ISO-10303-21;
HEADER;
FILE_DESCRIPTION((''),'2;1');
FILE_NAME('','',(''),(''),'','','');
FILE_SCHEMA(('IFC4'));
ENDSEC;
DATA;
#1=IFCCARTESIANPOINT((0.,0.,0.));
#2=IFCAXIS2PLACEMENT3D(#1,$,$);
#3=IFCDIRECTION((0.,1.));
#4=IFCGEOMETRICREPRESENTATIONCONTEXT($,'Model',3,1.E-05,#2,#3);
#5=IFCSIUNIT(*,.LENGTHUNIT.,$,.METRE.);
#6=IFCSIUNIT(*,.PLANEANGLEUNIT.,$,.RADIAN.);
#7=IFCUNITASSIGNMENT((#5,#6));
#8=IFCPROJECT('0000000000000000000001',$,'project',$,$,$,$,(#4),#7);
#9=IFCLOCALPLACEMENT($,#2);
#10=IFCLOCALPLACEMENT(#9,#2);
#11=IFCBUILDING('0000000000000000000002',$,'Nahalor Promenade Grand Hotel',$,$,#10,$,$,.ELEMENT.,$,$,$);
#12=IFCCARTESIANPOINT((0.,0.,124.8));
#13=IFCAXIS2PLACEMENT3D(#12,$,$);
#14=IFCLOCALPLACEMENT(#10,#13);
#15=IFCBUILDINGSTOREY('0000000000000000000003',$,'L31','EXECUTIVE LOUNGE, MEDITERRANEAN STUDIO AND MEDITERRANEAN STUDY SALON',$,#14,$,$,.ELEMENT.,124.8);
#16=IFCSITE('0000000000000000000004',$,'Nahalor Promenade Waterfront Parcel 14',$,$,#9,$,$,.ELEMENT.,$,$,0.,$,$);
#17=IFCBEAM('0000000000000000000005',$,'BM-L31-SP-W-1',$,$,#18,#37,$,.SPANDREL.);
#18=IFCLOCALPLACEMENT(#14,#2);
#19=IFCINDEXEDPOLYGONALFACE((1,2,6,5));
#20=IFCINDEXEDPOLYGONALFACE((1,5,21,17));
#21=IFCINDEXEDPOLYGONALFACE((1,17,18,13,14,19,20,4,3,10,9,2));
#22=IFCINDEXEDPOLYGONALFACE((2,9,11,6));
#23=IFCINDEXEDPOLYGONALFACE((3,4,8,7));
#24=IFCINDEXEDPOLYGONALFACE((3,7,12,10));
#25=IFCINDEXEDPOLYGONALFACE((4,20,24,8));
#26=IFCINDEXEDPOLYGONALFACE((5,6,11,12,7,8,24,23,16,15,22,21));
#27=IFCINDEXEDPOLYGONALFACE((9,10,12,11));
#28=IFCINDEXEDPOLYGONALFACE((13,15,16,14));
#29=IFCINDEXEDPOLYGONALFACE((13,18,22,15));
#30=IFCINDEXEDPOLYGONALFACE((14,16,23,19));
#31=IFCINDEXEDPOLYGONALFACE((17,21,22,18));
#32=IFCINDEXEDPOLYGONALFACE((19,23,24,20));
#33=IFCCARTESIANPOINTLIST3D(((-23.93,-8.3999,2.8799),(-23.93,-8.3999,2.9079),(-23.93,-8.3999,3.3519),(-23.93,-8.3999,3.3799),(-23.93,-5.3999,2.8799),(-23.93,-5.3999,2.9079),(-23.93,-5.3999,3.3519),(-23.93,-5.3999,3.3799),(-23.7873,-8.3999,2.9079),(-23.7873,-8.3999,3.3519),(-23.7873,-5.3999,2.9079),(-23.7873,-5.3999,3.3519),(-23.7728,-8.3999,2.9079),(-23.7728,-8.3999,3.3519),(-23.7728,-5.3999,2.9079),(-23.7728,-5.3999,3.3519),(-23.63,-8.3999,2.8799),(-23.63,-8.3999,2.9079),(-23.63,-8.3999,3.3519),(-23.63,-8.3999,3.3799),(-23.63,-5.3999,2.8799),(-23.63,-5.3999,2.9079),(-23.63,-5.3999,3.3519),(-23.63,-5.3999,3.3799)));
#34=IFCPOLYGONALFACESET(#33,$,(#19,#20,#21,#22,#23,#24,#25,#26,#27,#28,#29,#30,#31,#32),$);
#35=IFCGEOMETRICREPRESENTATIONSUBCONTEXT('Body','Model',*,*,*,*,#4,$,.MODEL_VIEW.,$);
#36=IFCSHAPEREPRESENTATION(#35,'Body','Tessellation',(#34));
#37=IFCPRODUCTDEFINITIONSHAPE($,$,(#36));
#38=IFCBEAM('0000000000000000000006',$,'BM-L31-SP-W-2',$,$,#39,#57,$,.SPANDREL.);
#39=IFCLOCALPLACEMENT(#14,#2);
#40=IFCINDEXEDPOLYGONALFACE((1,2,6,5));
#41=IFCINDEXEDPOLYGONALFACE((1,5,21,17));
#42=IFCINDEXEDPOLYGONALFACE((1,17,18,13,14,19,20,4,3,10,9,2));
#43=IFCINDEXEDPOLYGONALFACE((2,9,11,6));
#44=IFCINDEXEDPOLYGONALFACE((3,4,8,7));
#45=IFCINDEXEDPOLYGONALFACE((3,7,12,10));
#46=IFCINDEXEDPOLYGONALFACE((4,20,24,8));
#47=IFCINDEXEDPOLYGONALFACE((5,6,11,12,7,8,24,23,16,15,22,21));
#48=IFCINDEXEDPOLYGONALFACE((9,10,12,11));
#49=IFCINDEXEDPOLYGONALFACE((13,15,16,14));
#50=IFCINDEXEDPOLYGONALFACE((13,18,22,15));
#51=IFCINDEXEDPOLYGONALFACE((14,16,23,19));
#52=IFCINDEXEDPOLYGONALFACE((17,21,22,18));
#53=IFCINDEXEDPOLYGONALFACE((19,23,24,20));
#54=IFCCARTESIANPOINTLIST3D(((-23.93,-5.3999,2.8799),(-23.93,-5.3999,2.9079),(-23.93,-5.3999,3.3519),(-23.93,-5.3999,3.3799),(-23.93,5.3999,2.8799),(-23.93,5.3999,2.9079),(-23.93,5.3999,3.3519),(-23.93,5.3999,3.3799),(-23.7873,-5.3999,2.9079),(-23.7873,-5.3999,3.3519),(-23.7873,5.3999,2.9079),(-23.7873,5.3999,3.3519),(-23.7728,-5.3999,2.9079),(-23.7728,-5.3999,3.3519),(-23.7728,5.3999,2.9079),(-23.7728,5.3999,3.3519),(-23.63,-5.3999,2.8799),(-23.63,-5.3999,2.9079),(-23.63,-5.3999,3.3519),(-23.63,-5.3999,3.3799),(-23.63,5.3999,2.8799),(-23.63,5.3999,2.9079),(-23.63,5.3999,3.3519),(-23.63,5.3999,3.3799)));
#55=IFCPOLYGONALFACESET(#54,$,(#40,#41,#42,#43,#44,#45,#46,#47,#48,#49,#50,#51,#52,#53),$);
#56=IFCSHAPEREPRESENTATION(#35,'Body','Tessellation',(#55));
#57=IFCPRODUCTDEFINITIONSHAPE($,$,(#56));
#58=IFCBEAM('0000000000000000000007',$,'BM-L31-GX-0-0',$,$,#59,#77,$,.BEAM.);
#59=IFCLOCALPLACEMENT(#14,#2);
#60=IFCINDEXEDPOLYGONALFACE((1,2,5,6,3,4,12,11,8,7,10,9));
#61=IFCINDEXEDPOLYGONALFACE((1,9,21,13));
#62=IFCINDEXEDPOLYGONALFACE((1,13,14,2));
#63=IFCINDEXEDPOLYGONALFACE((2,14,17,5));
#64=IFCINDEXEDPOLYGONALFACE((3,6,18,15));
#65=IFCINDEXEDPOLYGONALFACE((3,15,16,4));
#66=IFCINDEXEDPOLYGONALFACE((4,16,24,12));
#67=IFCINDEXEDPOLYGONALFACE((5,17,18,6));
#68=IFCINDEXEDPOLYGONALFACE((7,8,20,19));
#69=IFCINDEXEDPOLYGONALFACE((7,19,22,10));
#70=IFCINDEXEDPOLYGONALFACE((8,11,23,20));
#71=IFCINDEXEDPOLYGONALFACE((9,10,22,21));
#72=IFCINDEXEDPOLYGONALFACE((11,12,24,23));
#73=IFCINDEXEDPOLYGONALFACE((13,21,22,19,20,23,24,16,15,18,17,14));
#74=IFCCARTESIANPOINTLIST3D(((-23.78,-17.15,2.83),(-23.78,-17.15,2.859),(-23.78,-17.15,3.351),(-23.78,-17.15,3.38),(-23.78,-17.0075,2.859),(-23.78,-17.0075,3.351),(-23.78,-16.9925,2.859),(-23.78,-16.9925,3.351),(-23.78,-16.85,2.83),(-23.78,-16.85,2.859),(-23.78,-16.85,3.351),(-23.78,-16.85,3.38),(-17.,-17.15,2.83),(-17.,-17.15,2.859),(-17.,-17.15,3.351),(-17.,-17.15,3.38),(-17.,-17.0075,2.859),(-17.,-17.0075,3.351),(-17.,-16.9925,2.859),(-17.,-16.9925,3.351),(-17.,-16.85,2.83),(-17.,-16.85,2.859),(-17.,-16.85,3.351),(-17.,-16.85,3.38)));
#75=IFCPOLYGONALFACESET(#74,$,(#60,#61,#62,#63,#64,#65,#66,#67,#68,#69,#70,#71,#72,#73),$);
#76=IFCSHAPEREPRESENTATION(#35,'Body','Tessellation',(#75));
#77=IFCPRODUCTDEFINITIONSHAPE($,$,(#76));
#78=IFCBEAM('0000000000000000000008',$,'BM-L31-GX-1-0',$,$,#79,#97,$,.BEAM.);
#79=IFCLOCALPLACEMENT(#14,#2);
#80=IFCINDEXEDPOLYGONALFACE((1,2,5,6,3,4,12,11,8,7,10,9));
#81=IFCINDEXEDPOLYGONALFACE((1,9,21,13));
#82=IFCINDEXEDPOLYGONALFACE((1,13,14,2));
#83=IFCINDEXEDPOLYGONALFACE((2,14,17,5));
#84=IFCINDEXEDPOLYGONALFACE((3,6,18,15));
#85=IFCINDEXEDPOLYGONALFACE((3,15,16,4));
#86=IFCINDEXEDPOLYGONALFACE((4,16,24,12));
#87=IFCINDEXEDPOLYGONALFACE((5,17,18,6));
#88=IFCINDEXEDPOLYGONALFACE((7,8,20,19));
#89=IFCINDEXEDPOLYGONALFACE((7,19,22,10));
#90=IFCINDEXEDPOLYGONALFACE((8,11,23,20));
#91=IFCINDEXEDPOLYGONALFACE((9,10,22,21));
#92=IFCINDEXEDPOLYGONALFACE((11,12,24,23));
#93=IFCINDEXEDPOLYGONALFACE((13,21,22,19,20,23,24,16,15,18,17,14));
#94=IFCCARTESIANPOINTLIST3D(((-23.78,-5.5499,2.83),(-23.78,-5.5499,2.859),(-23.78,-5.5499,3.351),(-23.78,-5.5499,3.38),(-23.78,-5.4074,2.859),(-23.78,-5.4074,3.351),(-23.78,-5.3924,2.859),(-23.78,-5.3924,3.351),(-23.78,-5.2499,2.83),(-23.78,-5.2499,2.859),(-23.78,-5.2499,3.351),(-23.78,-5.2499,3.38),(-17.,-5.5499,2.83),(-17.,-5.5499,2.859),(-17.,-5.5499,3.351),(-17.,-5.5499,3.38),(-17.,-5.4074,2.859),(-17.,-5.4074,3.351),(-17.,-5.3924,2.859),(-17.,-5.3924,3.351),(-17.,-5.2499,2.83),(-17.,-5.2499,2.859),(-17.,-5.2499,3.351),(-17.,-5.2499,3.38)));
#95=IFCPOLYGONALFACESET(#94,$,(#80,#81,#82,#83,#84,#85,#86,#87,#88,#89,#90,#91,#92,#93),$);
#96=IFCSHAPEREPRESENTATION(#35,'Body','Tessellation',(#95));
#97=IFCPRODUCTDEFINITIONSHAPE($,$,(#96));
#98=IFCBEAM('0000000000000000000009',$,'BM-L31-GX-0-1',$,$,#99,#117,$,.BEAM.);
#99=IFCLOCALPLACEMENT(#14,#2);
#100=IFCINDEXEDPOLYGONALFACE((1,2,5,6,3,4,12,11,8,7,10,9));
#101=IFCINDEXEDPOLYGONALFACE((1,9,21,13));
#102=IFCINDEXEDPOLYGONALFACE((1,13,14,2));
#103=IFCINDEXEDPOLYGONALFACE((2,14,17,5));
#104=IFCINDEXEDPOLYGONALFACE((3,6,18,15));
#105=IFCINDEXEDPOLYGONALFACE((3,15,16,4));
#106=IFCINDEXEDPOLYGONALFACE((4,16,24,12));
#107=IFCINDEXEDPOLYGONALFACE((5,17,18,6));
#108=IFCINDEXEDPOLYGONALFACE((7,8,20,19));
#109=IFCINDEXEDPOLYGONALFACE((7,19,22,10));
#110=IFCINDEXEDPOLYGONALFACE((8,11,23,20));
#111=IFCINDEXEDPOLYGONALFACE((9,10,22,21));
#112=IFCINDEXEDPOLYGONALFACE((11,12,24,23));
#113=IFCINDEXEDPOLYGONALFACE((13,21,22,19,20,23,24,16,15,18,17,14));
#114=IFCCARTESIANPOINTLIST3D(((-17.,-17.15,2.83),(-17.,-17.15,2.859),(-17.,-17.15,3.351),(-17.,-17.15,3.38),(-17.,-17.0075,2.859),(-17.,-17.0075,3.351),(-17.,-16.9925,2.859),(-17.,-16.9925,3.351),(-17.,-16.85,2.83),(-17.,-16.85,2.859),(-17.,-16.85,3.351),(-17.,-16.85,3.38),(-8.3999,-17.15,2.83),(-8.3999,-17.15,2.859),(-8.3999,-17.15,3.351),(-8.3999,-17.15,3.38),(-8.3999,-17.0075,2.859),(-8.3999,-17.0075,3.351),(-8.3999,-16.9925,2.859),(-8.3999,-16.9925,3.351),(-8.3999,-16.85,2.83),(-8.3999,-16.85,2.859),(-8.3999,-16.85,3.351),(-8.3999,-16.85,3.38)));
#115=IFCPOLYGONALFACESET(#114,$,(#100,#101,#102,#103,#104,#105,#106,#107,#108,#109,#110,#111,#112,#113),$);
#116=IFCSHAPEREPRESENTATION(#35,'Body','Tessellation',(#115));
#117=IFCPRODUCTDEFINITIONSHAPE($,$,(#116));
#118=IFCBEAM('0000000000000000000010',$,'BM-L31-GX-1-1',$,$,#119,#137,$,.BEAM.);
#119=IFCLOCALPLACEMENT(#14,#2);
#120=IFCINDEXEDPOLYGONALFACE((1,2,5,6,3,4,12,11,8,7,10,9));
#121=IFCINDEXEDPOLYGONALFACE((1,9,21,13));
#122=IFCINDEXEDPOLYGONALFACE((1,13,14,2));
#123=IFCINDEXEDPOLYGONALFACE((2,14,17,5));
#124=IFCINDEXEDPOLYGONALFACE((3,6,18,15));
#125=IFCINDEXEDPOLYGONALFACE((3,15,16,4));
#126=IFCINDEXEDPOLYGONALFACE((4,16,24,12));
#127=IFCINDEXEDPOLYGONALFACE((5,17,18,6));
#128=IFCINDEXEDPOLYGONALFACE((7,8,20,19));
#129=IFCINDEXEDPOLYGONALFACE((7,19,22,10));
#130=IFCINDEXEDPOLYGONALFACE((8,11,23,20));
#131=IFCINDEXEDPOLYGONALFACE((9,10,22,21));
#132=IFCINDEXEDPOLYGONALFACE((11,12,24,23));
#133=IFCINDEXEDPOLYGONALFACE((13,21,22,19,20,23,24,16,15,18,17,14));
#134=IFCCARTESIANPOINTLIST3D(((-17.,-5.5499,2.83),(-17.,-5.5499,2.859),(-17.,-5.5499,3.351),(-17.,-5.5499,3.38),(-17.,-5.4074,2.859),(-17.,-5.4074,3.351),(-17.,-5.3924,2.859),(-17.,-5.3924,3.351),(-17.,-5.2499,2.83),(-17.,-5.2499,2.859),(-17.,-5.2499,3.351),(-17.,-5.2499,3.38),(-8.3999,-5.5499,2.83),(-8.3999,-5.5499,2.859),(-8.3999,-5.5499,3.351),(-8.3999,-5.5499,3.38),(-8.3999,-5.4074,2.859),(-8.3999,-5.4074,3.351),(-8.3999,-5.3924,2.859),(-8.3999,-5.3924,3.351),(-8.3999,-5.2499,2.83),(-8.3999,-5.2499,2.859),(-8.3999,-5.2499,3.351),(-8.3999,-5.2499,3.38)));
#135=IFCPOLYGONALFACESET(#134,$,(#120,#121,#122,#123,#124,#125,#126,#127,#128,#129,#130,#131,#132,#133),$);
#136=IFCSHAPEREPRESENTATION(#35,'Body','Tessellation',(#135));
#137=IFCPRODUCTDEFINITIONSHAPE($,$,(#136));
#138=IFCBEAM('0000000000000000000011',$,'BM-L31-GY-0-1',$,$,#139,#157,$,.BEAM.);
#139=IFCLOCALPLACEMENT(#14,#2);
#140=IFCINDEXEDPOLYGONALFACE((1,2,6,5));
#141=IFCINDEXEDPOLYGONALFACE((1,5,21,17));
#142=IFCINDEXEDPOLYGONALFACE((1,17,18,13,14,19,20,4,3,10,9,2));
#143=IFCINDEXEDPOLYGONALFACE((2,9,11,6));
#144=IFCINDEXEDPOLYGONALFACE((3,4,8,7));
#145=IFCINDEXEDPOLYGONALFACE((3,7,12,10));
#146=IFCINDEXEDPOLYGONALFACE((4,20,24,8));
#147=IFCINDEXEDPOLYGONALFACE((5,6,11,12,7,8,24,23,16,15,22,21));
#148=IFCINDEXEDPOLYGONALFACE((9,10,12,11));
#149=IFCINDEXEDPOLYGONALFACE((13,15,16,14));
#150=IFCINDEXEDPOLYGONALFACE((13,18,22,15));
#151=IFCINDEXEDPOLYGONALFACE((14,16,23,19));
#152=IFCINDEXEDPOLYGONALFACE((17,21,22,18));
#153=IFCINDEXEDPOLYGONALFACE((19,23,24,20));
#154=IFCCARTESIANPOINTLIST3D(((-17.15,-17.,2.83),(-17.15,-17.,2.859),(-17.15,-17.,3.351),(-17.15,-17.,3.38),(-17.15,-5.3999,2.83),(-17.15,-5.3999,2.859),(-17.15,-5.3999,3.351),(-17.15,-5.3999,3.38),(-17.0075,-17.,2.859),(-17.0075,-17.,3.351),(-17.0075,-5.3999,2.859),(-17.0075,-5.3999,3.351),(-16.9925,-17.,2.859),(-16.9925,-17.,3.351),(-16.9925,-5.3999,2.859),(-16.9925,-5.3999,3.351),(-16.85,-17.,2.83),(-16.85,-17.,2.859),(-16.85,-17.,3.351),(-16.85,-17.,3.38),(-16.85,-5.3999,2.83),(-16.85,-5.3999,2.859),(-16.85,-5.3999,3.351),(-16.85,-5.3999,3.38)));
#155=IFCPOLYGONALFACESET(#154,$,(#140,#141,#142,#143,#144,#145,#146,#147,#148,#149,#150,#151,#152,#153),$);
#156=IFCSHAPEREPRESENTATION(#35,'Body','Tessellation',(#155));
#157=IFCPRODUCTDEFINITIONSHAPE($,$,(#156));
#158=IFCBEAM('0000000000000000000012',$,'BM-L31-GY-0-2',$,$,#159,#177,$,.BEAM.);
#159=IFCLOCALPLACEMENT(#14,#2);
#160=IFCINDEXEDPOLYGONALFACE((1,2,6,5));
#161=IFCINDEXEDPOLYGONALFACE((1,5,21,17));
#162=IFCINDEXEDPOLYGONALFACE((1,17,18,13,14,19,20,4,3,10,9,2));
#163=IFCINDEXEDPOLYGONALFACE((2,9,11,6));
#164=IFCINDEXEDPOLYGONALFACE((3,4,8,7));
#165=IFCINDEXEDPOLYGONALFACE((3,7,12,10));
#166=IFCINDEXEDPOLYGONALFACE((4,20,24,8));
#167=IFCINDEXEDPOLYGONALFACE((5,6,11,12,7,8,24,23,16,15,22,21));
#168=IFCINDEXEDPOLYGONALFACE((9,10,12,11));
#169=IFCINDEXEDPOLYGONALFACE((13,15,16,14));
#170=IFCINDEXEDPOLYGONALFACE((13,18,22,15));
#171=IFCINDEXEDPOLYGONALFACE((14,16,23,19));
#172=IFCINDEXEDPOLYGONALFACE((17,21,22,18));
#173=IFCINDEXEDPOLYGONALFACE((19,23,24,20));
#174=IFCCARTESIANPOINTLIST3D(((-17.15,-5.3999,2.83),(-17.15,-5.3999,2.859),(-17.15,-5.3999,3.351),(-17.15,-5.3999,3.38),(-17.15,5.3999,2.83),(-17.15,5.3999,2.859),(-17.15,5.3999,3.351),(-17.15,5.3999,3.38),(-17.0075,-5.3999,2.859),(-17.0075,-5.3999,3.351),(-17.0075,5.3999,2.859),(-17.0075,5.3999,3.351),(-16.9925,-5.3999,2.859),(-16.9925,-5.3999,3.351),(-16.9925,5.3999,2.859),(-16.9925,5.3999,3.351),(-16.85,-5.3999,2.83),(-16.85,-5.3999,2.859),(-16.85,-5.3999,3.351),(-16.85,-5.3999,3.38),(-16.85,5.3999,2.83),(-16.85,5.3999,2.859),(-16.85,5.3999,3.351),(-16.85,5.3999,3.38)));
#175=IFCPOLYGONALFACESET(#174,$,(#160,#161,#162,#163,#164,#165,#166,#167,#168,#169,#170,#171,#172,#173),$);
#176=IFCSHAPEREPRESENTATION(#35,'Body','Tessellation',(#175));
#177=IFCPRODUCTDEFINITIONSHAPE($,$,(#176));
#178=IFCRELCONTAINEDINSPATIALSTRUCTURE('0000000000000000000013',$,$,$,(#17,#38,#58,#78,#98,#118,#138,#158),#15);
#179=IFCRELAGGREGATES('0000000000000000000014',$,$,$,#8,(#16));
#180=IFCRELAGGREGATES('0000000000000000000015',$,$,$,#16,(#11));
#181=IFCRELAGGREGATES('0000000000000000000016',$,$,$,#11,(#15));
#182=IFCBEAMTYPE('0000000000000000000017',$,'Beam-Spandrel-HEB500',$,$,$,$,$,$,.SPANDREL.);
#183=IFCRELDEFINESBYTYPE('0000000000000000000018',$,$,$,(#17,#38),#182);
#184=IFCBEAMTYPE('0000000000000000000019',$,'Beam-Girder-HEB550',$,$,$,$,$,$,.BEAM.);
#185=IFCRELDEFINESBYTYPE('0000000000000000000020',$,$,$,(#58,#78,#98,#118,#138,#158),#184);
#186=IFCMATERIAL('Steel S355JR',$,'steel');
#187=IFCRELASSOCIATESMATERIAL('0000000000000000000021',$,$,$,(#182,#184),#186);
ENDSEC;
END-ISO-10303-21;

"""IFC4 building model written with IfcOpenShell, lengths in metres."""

from ifc_helpers import new_model, si_unit, direction, frame, origin, origin_2d, place, context, subcontext, project, spatial, i_section, extrude, source, transform, mapped, material, material_profile, profile_set, type_object, element, save


model = new_model("IFC4")

# Units and contexts
model_context = context("Model", 3, precision=1e-05, world=origin(), true_north=direction((0.0, 1.0)))
body_context = subcontext(model_context, "Body", "Model", "MODEL_VIEW")
ifc_project = project(units=[si_unit("LENGTHUNIT", "METRE"), si_unit("PLANEANGLEUNIT", "RADIAN")], contexts=[model_context])

# Site, building, storey
site_placement = place(None, origin())
site = spatial("IfcSite", under=ifc_project, at=site_placement, Name="Nahalor Promenade Waterfront Parcel 14", CompositionType="ELEMENT", RefElevation=0.0)
building_placement = place(site_placement, origin())
building = spatial("IfcBuilding", under=site, at=building_placement, Name="Nahalor Promenade Grand Hotel", CompositionType="ELEMENT")
storey_placement = place(building_placement, frame((0.0, 0.0, 124.8)))
storey = spatial("IfcBuildingStorey", under=building, at=storey_placement, Name="L31", Description="EXECUTIVE LOUNGE, MEDITERRANEAN STUDIO AND MEDITERRANEAN STUDY SALON", CompositionType="ELEMENT", Elevation=124.8)

# Beams
ifc_material_1 = material(Name="Steel S355JR", Category="steel")
ifc_material_profile_1 = material_profile(ifc_material_1, i_section(OverallWidth=0.3, OverallDepth=0.5, WebThickness=0.0145, FlangeThickness=0.028, at=origin_2d()), Name="HEB 500")
ifc_profile_set_1 = profile_set([ifc_material_profile_1], Name="Steel S355JR")
beam_type_1 = type_object("IfcBeamType", Name="Beam-Spandrel-HEB500", PredefinedType="SPANDREL", material=ifc_profile_set_1)
shared_shape_1 = source(origin(), body_context, "Body", "SweptSolid", [
    extrude(i_section(OverallWidth=0.3, OverallDepth=0.5, WebThickness=0.0145, FlangeThickness=0.028, at=origin_2d()), origin(), (0.0, 0.0, 1.0), 3.0),
])
beam_1_placement = place(storey_placement, frame((-23.78, -8.3999, 3.1299), z_axis=(0.0, 1.0, 0.0), x_axis=(-1.0, 0.0, 0.0)))
element("IfcBeam", 1, at=beam_1_placement, inside=storey, type_object=beam_type_1, Name="BM-L31-SP-W-1", PredefinedType="SPANDREL", context=body_context, shape_type="MappedRepresentation", body=[
    mapped(shared_shape_1, transform((0.0, 0.0, 0.0), scale=1.0)),
])
shared_shape_2 = source(origin(), body_context, "Body", "SweptSolid", [
    extrude(i_section(OverallWidth=0.3, OverallDepth=0.5, WebThickness=0.0145, FlangeThickness=0.028, at=origin_2d()), origin(), (0.0, 0.0, 1.0), 10.7998),
])
beam_2_placement = place(storey_placement, frame((-23.78, -5.3999, 3.1299), z_axis=(0.0, 1.0, 0.0), x_axis=(-1.0, 0.0, 0.0)))
element("IfcBeam", 2, at=beam_2_placement, inside=storey, type_object=beam_type_1, Name="BM-L31-SP-W-2", PredefinedType="SPANDREL", context=body_context, shape_type="MappedRepresentation", body=[
    mapped(shared_shape_2, transform((0.0, 0.0, 0.0), scale=1.0)),
])
ifc_material_profile_2 = material_profile(ifc_material_1, i_section(OverallWidth=0.3, OverallDepth=0.55, WebThickness=0.015, FlangeThickness=0.029, at=origin_2d()), Name="HEB 550")
ifc_profile_set_2 = profile_set([ifc_material_profile_2], Name="Steel S355JR")
beam_type_2 = type_object("IfcBeamType", Name="Beam-Girder-HEB550", PredefinedType="BEAM", material=ifc_profile_set_2)
shared_shape_3 = source(origin(), body_context, "Body", "SweptSolid", [
    extrude(i_section(OverallWidth=0.3, OverallDepth=0.55, WebThickness=0.015, FlangeThickness=0.029, at=origin_2d()), origin(), (0.0, 0.0, 1.0), 6.78),
])
for number, where, z_axis, x_axis, name in (
    (3, (-23.78, -17.0, 3.105), (1.0, 0.0, 0.0), (0.0, 1.0, 0.0), "BM-L31-GX-0-0"),
    (4, (-23.78, -5.3999, 3.105), (1.0, 0.0, 0.0), (0.0, 1.0, 0.0), "BM-L31-GX-1-0"),
):
    element("IfcBeam", number, at=place(storey_placement, frame(where, z_axis=z_axis, x_axis=x_axis)), inside=storey, type_object=beam_type_2, Name=name, PredefinedType="BEAM", context=body_context, shape_type="MappedRepresentation", body=[
        mapped(shared_shape_3, transform((0.0, 0.0, 0.0), scale=1.0)),
    ])
shared_shape_4 = source(origin(), body_context, "Body", "SweptSolid", [
    extrude(i_section(OverallWidth=0.3, OverallDepth=0.55, WebThickness=0.015, FlangeThickness=0.029, at=origin_2d()), origin(), (0.0, 0.0, 1.0), 8.6001),
])
for number, where, z_axis, x_axis, name in (
    (5, (-17.0, -17.0, 3.105), (1.0, 0.0, 0.0), (0.0, 1.0, 0.0), "BM-L31-GX-0-1"),
    (6, (-17.0, -5.3999, 3.105), (1.0, 0.0, 0.0), (0.0, 1.0, 0.0), "BM-L31-GX-1-1"),
):
    element("IfcBeam", number, at=place(storey_placement, frame(where, z_axis=z_axis, x_axis=x_axis)), inside=storey, type_object=beam_type_2, Name=name, PredefinedType="BEAM", context=body_context, shape_type="MappedRepresentation", body=[
        mapped(shared_shape_4, transform((0.0, 0.0, 0.0), scale=1.0)),
    ])
shared_shape_5 = source(origin(), body_context, "Body", "SweptSolid", [
    extrude(i_section(OverallWidth=0.3, OverallDepth=0.55, WebThickness=0.015, FlangeThickness=0.029, at=origin_2d()), origin(), (0.0, 0.0, 1.0), 11.6001),
])
beam_3_placement = place(storey_placement, frame((-17.0, -17.0, 3.105), z_axis=(0.0, 1.0, 0.0), x_axis=(-1.0, 0.0, 0.0)))
element("IfcBeam", 7, at=beam_3_placement, inside=storey, type_object=beam_type_2, Name="BM-L31-GY-0-1", PredefinedType="BEAM", context=body_context, shape_type="MappedRepresentation", body=[
    mapped(shared_shape_5, transform((0.0, 0.0, 0.0), scale=1.0)),
])
shared_shape_6 = source(origin(), body_context, "Body", "SweptSolid", [
    extrude(i_section(OverallWidth=0.3, OverallDepth=0.55, WebThickness=0.015, FlangeThickness=0.029, at=origin_2d()), origin(), (0.0, 0.0, 1.0), 10.7998),
])
beam_4_placement = place(storey_placement, frame((-17.0, -5.3999, 3.105), z_axis=(0.0, 1.0, 0.0), x_axis=(-1.0, 0.0, 0.0)))
element("IfcBeam", 8, at=beam_4_placement, inside=storey, type_object=beam_type_2, Name="BM-L31-GY-0-2", PredefinedType="BEAM", context=body_context, shape_type="MappedRepresentation", body=[
    mapped(shared_shape_6, transform((0.0, 0.0, 0.0), scale=1.0)),
])

save(model, "model.ifc")
